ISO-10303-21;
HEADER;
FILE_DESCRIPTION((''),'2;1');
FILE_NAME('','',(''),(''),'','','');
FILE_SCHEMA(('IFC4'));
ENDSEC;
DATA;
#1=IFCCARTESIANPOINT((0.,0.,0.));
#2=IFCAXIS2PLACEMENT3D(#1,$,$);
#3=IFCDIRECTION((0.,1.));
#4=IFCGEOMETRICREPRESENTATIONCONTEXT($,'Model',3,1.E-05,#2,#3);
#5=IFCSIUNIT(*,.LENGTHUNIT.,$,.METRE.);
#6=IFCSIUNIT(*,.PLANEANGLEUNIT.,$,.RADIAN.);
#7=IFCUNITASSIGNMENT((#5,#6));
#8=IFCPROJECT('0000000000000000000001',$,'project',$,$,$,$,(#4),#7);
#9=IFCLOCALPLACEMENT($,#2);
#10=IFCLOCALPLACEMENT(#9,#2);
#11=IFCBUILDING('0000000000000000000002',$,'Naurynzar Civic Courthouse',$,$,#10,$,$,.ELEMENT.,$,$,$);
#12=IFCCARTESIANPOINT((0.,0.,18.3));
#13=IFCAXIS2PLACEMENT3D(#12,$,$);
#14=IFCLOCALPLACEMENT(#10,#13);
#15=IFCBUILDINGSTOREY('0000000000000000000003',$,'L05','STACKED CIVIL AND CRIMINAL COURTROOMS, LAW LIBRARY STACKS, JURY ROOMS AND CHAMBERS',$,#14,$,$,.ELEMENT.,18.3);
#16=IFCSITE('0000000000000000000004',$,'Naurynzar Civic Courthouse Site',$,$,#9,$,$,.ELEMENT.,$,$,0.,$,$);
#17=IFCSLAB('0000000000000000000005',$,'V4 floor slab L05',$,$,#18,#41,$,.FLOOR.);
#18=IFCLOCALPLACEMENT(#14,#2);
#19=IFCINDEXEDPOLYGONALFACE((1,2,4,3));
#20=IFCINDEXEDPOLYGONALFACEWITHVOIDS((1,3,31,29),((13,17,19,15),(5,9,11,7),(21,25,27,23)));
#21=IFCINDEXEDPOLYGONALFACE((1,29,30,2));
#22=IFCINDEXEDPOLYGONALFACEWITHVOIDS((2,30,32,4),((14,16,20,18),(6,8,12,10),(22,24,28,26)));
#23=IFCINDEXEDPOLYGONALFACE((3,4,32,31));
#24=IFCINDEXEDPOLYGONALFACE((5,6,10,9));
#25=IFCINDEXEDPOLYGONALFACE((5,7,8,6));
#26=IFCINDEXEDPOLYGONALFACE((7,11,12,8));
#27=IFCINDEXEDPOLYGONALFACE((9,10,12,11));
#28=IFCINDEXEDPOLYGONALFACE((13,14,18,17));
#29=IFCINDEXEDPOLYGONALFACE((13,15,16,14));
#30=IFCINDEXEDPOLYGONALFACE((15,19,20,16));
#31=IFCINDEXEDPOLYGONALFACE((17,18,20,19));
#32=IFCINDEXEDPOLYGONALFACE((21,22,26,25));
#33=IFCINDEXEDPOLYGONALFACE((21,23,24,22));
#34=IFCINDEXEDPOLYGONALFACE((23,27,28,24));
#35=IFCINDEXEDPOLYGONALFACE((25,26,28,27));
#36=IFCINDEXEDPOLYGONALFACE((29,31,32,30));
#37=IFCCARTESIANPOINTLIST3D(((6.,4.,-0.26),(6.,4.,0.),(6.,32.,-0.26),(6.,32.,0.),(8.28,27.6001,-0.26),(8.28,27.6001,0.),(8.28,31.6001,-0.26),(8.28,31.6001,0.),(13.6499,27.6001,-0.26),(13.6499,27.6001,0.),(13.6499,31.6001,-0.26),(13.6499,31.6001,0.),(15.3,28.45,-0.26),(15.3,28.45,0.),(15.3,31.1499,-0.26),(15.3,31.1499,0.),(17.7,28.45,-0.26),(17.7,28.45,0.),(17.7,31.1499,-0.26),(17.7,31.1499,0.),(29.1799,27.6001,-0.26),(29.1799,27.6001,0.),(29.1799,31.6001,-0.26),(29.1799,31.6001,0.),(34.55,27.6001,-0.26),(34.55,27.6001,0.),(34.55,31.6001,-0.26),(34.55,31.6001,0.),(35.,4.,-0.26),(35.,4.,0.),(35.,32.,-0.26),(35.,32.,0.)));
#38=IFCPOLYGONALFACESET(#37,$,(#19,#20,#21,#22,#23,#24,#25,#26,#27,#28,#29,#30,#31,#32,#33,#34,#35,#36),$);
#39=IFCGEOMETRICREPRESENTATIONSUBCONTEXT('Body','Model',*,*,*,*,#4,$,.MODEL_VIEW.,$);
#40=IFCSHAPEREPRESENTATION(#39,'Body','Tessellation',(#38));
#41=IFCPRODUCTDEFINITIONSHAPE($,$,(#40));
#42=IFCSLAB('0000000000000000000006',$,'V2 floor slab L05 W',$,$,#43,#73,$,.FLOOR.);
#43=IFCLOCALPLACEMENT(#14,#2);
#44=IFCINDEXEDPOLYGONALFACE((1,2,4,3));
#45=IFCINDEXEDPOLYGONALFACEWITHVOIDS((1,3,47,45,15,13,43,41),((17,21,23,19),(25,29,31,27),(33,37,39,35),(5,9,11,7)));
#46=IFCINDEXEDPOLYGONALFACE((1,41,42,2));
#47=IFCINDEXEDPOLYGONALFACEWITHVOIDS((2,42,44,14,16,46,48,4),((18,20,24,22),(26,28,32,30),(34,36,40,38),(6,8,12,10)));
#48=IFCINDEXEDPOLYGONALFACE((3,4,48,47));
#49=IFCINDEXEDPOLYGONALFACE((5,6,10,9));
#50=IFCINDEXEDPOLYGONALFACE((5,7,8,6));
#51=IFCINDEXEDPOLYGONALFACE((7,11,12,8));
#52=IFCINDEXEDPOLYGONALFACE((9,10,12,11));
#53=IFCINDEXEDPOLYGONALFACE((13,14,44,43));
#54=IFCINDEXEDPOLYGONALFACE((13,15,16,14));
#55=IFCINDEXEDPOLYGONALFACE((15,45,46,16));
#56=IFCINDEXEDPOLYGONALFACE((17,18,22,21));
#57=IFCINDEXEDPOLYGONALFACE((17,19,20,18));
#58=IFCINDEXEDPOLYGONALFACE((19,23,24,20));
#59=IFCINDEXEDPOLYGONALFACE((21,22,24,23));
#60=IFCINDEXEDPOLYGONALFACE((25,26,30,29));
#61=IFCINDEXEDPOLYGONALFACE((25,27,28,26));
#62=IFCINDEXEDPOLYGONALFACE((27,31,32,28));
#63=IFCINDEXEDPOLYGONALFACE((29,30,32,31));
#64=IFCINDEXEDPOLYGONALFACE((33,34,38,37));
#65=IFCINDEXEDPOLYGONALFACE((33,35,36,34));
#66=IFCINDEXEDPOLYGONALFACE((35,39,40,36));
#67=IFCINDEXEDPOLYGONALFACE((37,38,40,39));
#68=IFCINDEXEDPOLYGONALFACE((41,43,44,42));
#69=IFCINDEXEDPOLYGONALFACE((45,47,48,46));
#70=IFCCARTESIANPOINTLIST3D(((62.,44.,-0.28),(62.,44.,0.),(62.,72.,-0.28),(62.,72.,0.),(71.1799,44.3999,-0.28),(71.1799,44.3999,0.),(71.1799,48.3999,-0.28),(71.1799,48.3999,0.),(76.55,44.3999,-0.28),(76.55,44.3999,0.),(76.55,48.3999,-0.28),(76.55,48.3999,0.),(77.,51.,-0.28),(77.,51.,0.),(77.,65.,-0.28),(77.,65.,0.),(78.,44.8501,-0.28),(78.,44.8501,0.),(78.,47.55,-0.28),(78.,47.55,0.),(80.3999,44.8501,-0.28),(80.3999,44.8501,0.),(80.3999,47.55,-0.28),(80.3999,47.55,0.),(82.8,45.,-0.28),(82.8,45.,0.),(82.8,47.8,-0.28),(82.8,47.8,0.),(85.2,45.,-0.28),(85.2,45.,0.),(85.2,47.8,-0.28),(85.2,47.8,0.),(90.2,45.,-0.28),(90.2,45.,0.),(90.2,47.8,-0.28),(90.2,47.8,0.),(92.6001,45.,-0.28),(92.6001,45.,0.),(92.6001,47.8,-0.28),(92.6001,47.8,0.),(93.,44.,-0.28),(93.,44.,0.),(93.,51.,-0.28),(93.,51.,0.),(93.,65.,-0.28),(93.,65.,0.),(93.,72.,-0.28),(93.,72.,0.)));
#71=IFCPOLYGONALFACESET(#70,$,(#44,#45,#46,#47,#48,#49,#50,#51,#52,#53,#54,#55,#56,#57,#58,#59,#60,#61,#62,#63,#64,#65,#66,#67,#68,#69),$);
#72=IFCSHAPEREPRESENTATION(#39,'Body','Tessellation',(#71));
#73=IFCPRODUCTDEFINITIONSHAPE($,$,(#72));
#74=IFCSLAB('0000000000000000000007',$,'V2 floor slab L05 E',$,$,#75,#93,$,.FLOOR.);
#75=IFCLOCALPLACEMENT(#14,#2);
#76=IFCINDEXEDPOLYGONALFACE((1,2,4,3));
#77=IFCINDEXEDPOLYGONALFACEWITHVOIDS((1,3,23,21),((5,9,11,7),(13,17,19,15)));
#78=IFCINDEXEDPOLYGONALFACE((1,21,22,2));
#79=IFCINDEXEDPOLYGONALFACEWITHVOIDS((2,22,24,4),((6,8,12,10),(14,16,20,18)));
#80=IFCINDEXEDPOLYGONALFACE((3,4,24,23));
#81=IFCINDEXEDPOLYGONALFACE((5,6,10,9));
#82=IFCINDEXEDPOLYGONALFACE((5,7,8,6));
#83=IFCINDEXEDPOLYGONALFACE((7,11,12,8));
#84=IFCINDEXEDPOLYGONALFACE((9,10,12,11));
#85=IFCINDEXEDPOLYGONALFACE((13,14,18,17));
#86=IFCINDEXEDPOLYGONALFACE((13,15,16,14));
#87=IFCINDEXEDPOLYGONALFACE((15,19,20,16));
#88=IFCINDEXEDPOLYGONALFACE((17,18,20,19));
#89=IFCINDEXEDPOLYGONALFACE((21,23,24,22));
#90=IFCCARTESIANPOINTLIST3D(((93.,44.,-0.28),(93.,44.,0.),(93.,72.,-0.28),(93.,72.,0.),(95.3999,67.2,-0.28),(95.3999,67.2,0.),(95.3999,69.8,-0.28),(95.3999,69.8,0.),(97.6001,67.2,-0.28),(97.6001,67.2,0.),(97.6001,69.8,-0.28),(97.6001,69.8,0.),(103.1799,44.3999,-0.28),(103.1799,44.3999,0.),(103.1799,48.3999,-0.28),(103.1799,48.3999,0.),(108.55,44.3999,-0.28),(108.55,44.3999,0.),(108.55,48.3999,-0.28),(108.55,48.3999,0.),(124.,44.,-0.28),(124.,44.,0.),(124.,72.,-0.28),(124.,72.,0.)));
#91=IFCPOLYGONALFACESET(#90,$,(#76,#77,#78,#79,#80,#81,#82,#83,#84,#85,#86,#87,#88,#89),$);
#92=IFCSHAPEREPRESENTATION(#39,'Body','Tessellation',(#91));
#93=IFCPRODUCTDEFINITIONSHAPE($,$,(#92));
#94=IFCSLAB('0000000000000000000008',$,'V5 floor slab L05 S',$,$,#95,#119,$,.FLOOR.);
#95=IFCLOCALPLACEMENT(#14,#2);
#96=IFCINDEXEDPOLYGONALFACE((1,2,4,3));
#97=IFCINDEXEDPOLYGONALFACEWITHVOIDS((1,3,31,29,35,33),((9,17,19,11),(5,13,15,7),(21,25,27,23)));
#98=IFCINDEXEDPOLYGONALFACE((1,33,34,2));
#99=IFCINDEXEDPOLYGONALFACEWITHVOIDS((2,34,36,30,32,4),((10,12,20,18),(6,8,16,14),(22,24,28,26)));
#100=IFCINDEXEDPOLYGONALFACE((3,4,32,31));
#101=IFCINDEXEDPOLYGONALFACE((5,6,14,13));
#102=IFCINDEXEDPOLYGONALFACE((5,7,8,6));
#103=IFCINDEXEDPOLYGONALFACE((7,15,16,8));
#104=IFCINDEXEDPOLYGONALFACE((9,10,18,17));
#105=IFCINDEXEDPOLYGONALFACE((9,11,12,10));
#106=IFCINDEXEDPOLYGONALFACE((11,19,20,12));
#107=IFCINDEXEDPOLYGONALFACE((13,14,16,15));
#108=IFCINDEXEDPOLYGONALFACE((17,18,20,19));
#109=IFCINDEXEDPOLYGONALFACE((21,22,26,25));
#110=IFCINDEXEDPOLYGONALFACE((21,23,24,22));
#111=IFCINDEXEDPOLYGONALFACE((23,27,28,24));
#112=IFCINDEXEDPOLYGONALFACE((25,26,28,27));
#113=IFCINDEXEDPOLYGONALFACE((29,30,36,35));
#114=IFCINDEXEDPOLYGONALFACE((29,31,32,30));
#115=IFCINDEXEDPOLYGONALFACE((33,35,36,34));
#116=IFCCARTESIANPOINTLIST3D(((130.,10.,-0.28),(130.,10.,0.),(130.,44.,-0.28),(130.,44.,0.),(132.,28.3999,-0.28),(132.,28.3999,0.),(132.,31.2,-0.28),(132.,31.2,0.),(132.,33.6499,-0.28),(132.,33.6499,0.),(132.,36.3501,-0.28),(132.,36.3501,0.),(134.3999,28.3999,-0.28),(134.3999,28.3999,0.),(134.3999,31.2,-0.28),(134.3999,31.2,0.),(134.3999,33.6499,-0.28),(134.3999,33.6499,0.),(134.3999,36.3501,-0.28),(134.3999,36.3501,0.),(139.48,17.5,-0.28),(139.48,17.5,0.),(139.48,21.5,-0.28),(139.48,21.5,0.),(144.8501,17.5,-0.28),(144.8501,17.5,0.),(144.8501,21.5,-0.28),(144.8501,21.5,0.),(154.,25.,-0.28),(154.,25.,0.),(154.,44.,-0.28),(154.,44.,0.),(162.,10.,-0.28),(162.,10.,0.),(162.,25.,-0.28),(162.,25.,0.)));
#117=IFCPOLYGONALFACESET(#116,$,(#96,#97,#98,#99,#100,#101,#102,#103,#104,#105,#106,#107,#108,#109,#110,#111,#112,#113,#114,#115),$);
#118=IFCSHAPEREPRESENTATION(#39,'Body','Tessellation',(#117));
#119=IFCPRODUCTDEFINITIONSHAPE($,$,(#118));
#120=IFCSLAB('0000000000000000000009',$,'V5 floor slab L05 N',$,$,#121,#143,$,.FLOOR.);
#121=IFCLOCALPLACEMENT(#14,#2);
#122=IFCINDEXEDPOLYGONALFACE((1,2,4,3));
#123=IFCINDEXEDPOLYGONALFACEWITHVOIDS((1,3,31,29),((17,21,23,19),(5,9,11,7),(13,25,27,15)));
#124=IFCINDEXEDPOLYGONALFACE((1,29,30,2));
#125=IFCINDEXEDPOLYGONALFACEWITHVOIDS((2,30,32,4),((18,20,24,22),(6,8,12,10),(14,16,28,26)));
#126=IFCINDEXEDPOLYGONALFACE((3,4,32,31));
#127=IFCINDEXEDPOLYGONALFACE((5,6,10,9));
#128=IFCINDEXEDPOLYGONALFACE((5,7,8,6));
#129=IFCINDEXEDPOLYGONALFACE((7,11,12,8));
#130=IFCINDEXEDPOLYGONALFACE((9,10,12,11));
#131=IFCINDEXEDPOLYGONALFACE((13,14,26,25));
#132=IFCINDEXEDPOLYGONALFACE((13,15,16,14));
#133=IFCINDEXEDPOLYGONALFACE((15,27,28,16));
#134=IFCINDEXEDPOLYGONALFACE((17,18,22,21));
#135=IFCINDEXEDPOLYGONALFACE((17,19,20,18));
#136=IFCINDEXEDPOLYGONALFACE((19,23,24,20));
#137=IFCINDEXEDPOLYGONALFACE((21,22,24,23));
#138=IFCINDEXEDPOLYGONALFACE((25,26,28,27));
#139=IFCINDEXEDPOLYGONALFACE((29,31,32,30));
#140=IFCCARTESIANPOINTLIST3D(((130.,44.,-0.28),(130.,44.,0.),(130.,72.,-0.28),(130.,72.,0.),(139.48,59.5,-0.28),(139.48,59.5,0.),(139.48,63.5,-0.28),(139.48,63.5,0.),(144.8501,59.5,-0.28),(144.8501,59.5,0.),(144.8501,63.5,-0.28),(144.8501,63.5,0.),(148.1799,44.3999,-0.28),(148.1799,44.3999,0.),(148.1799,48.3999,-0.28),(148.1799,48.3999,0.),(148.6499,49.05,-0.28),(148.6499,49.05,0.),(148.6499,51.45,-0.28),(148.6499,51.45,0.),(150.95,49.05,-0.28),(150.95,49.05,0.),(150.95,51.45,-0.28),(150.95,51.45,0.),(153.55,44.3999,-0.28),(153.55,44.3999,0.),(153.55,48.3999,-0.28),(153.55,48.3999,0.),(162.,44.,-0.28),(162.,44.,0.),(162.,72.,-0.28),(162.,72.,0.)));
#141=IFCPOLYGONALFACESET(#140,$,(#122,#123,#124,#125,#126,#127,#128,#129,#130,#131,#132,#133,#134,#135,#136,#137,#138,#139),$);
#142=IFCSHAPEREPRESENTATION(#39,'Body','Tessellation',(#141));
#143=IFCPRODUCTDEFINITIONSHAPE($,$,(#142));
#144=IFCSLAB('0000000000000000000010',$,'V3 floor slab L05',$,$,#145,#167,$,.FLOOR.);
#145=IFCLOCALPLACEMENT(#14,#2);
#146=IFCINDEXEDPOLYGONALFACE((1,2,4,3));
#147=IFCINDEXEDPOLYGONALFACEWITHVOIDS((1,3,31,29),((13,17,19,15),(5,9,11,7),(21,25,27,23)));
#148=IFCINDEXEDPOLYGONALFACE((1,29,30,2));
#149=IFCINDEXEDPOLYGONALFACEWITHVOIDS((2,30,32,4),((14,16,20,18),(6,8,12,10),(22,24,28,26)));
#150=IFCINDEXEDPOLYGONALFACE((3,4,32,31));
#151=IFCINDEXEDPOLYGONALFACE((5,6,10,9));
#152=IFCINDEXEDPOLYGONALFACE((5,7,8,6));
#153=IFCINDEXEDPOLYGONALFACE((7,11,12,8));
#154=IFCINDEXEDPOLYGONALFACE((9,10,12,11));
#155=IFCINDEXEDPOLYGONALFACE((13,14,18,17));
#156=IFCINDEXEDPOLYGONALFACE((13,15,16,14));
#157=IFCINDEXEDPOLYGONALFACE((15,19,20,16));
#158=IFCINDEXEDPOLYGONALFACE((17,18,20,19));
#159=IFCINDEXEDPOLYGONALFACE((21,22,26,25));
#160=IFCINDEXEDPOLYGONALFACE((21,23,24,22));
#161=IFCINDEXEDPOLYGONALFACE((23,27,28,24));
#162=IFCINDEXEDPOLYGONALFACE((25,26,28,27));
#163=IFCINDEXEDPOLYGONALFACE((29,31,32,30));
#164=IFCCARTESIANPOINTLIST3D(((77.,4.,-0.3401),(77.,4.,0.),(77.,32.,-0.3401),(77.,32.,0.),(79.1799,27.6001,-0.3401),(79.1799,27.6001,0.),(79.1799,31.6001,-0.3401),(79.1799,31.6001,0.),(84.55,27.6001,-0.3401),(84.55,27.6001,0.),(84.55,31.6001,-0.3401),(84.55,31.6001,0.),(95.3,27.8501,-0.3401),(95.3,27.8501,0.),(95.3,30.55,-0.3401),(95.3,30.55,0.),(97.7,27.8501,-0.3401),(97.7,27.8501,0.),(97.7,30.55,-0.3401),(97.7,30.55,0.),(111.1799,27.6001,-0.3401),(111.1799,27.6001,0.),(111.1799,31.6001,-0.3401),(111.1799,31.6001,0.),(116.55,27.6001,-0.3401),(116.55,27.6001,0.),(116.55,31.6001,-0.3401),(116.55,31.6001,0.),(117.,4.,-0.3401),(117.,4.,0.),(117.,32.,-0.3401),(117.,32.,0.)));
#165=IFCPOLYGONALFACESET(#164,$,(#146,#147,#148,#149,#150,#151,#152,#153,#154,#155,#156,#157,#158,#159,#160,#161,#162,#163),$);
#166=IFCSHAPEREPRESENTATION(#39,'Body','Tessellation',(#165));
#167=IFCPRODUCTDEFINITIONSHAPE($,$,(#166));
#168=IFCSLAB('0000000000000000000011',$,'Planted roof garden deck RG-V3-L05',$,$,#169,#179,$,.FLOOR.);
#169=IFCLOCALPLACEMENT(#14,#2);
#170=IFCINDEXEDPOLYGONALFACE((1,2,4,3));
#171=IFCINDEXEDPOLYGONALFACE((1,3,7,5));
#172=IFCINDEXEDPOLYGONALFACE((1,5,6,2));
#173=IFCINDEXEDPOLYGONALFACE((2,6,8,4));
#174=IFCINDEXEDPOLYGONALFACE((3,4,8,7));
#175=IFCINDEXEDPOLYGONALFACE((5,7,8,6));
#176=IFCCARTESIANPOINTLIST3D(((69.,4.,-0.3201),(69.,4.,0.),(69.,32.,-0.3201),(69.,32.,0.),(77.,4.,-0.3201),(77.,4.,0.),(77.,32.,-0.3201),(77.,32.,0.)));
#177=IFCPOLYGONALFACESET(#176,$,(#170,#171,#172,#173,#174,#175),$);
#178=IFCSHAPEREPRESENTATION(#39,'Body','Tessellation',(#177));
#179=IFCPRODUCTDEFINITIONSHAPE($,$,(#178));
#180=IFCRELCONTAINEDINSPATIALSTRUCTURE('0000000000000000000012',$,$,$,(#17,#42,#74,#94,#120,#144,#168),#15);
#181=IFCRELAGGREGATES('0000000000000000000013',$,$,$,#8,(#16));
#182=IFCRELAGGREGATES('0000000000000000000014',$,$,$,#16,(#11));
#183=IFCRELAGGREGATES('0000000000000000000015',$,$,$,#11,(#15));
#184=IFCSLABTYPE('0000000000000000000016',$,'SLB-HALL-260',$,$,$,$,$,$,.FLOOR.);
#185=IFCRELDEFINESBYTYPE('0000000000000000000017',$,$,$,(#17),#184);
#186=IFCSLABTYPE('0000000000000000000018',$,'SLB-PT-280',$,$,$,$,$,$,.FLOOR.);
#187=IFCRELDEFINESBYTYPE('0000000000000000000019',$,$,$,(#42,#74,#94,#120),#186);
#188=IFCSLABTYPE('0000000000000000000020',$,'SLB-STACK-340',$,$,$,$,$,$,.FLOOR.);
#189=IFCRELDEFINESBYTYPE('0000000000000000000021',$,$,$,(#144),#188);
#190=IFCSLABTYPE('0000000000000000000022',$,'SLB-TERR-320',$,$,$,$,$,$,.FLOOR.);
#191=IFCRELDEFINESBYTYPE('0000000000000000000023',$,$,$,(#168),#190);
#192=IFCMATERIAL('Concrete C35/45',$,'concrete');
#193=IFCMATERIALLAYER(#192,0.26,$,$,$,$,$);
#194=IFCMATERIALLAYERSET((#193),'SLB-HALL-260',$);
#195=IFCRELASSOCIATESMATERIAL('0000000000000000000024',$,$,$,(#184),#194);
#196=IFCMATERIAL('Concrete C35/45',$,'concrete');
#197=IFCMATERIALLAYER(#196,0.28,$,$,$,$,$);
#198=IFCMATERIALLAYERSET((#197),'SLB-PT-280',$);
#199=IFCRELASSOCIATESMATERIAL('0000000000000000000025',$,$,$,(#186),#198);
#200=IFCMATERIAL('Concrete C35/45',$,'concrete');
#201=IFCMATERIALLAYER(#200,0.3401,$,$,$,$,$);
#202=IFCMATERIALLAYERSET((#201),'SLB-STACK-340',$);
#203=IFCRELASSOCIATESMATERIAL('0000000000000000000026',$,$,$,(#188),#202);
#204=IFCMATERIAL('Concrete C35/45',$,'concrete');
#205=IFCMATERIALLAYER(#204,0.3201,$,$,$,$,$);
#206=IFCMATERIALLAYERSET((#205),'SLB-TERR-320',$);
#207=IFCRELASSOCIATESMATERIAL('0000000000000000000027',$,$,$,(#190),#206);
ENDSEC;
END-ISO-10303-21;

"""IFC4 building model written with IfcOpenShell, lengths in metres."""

from ifc_helpers import new_model, si_unit, direction, frame, origin, place, context, subcontext, project, spatial, polyline, outline, extrude, material, layer, layer_set, type_object, element, save


model = new_model("IFC4")

# Units and contexts
model_context = context("Model", 3, precision=1e-05, world=origin(), true_north=direction((0.0, 1.0)))
body_context = subcontext(model_context, "Body", "Model", "MODEL_VIEW")
ifc_project = project(units=[si_unit("LENGTHUNIT", "METRE"), si_unit("PLANEANGLEUNIT", "RADIAN")], contexts=[model_context])

# Site, building, storey
site_placement = place(None, origin())
site = spatial("IfcSite", under=ifc_project, at=site_placement, Name="Naurynzar Civic Courthouse Site", CompositionType="ELEMENT", RefElevation=0.0)
building_placement = place(site_placement, origin())
building = spatial("IfcBuilding", under=site, at=building_placement, Name="Naurynzar Civic Courthouse", CompositionType="ELEMENT")
storey_placement = place(building_placement, frame((0.0, 0.0, 18.3)))
storey = spatial("IfcBuildingStorey", under=building, at=storey_placement, Name="L05", Description="STACKED CIVIL AND CRIMINAL COURTROOMS, LAW LIBRARY STACKS, JURY ROOMS AND CHAMBERS", CompositionType="ELEMENT", Elevation=18.3)

# Slabs
ifc_material_1 = material(Name="Concrete C35/45", Category="concrete")
ifc_layer_1 = layer(ifc_material_1, 0.26)
ifc_layer_set_1 = layer_set([ifc_layer_1], Name="SLB-HALL-260")
slab_type_1 = type_object("IfcSlabType", Name="SLB-HALL-260", PredefinedType="FLOOR", material=ifc_layer_set_1)
slab_1_placement = place(storey_placement, frame((0.0, 0.0, -0.26)))
element("IfcSlab", 1, at=slab_1_placement, inside=storey, type_object=slab_type_1, Name="V4 floor slab L05", PredefinedType="FLOOR", context=body_context, shape_type="SweptSolid", body=[
    extrude(outline(polyline([(35.0, 4.0), (35.0, 32.0), (6.0, 32.0), (6.0, 4.0), (35.0, 4.0)]), holes=[polyline([(8.28, 27.6001), (13.6499, 27.6001), (13.6499, 31.6001), (8.28, 31.6001), (8.28, 27.6001)]), polyline([(29.1799, 27.6001), (34.55, 27.6001), (34.55, 31.6001), (29.1799, 31.6001), (29.1799, 27.6001)]), polyline([(15.3, 28.45), (17.7, 28.45), (17.7, 31.1499), (15.3, 31.1499), (15.3, 28.45)])]), origin(), (0.0, 0.0, 1.0), 0.26),
])
ifc_material_2 = material(Name="Concrete C35/45", Category="concrete")
ifc_layer_2 = layer(ifc_material_2, 0.28)
ifc_layer_set_2 = layer_set([ifc_layer_2], Name="SLB-PT-280")
slab_type_2 = type_object("IfcSlabType", Name="SLB-PT-280", PredefinedType="FLOOR", material=ifc_layer_set_2)
slab_2_placement = place(storey_placement, frame((0.0, 0.0, -0.28)))
element("IfcSlab", 2, at=slab_2_placement, inside=storey, type_object=slab_type_2, Name="V2 floor slab L05 W", PredefinedType="FLOOR", context=body_context, shape_type="SweptSolid", body=[
    extrude(outline(polyline([(93.0, 44.0), (62.0, 44.0), (62.0, 72.0), (93.0, 72.0), (93.0, 65.0), (77.0, 65.0), (77.0, 51.0), (93.0, 51.0), (93.0, 44.0)]), holes=[polyline([(71.1799, 44.3999), (76.55, 44.3999), (76.55, 48.3999), (71.1799, 48.3999), (71.1799, 44.3999)]), polyline([(78.0, 44.8501), (80.3999, 44.8501), (80.3999, 47.55), (78.0, 47.55), (78.0, 44.8501)]), polyline([(82.8, 45.0), (85.2, 45.0), (85.2, 47.8), (82.8, 47.8), (82.8, 45.0)]), polyline([(90.2, 45.0), (92.6001, 45.0), (92.6001, 47.8), (90.2, 47.8), (90.2, 45.0)])]), origin(), (0.0, 0.0, 1.0), 0.28),
])
slab_3_placement = place(storey_placement, frame((0.0, 0.0, -0.28)))
element("IfcSlab", 3, at=slab_3_placement, inside=storey, type_object=slab_type_2, Name="V2 floor slab L05 E", PredefinedType="FLOOR", context=body_context, shape_type="SweptSolid", body=[
    extrude(outline(polyline([(124.0, 44.0), (124.0, 72.0), (93.0, 72.0), (93.0, 44.0), (124.0, 44.0)]), holes=[polyline([(103.1799, 44.3999), (108.55, 44.3999), (108.55, 48.3999), (103.1799, 48.3999), (103.1799, 44.3999)]), polyline([(95.3999, 67.2), (97.6001, 67.2), (97.6001, 69.8), (95.3999, 69.8), (95.3999, 67.2)])]), origin(), (0.0, 0.0, 1.0), 0.28),
])
slab_4_placement = place(storey_placement, frame((0.0, 0.0, -0.28)))
element("IfcSlab", 4, at=slab_4_placement, inside=storey, type_object=slab_type_2, Name="V5 floor slab L05 S", PredefinedType="FLOOR", context=body_context, shape_type="SweptSolid", body=[
    extrude(outline(polyline([(162.0, 10.0), (130.0, 10.0), (130.0, 44.0), (154.0, 44.0), (154.0, 25.0), (162.0, 25.0), (162.0, 10.0)]), holes=[polyline([(139.48, 17.5), (144.8501, 17.5), (144.8501, 21.5), (139.48, 21.5), (139.48, 17.5)]), polyline([(132.0, 33.6499), (134.3999, 33.6499), (134.3999, 36.3501), (132.0, 36.3501), (132.0, 33.6499)]), polyline([(132.0, 28.3999), (134.3999, 28.3999), (134.3999, 31.2), (132.0, 31.2), (132.0, 28.3999)])]), origin(), (0.0, 0.0, 1.0), 0.28),
])
slab_5_placement = place(storey_placement, frame((0.0, 0.0, -0.28)))
element("IfcSlab", 5, at=slab_5_placement, inside=storey, type_object=slab_type_2, Name="V5 floor slab L05 N", PredefinedType="FLOOR", context=body_context, shape_type="SweptSolid", body=[
    extrude(outline(polyline([(162.0, 44.0), (162.0, 72.0), (130.0, 72.0), (130.0, 44.0), (162.0, 44.0)]), holes=[polyline([(139.48, 59.5), (144.8501, 59.5), (144.8501, 63.5), (139.48, 63.5), (139.48, 59.5)]), polyline([(148.1799, 44.3999), (153.55, 44.3999), (153.55, 48.3999), (148.1799, 48.3999), (148.1799, 44.3999)]), polyline([(148.6499, 49.05), (150.95, 49.05), (150.95, 51.45), (148.6499, 51.45), (148.6499, 49.05)])]), origin(), (0.0, 0.0, 1.0), 0.28),
])
ifc_material_3 = material(Name="Concrete C35/45", Category="concrete")
ifc_layer_3 = layer(ifc_material_3, 0.3401)
ifc_layer_set_3 = layer_set([ifc_layer_3], Name="SLB-STACK-340")
slab_type_3 = type_object("IfcSlabType", Name="SLB-STACK-340", PredefinedType="FLOOR", material=ifc_layer_set_3)
slab_6_placement = place(storey_placement, frame((0.0, 0.0, -0.3401)))
element("IfcSlab", 6, at=slab_6_placement, inside=storey, type_object=slab_type_3, Name="V3 floor slab L05", PredefinedType="FLOOR", context=body_context, shape_type="SweptSolid", body=[
    extrude(outline(polyline([(117.0, 4.0), (117.0, 32.0), (77.0, 32.0), (77.0, 4.0), (117.0, 4.0)]), holes=[polyline([(79.1799, 27.6001), (84.55, 27.6001), (84.55, 31.6001), (79.1799, 31.6001), (79.1799, 27.6001)]), polyline([(111.1799, 27.6001), (116.55, 27.6001), (116.55, 31.6001), (111.1799, 31.6001), (111.1799, 27.6001)]), polyline([(95.3, 27.8501), (97.7, 27.8501), (97.7, 30.55), (95.3, 30.55), (95.3, 27.8501)])]), origin(), (0.0, 0.0, 1.0), 0.3401),
])
ifc_material_4 = material(Name="Concrete C35/45", Category="concrete")
ifc_layer_4 = layer(ifc_material_4, 0.3201)
ifc_layer_set_4 = layer_set([ifc_layer_4], Name="SLB-TERR-320")
slab_type_4 = type_object("IfcSlabType", Name="SLB-TERR-320", PredefinedType="FLOOR", material=ifc_layer_set_4)
slab_7_placement = place(storey_placement, frame((0.0, 0.0, -0.3201)))
element("IfcSlab", 7, at=slab_7_placement, inside=storey, type_object=slab_type_4, Name="Planted roof garden deck RG-V3-L05", PredefinedType="FLOOR", context=body_context, shape_type="SweptSolid", body=[
    extrude(outline(polyline([(69.0, 4.0), (77.0, 4.0), (77.0, 32.0), (69.0, 32.0), (69.0, 4.0)])), origin(), (0.0, 0.0, 1.0), 0.3201),
])

save(model, "model.ifc")
